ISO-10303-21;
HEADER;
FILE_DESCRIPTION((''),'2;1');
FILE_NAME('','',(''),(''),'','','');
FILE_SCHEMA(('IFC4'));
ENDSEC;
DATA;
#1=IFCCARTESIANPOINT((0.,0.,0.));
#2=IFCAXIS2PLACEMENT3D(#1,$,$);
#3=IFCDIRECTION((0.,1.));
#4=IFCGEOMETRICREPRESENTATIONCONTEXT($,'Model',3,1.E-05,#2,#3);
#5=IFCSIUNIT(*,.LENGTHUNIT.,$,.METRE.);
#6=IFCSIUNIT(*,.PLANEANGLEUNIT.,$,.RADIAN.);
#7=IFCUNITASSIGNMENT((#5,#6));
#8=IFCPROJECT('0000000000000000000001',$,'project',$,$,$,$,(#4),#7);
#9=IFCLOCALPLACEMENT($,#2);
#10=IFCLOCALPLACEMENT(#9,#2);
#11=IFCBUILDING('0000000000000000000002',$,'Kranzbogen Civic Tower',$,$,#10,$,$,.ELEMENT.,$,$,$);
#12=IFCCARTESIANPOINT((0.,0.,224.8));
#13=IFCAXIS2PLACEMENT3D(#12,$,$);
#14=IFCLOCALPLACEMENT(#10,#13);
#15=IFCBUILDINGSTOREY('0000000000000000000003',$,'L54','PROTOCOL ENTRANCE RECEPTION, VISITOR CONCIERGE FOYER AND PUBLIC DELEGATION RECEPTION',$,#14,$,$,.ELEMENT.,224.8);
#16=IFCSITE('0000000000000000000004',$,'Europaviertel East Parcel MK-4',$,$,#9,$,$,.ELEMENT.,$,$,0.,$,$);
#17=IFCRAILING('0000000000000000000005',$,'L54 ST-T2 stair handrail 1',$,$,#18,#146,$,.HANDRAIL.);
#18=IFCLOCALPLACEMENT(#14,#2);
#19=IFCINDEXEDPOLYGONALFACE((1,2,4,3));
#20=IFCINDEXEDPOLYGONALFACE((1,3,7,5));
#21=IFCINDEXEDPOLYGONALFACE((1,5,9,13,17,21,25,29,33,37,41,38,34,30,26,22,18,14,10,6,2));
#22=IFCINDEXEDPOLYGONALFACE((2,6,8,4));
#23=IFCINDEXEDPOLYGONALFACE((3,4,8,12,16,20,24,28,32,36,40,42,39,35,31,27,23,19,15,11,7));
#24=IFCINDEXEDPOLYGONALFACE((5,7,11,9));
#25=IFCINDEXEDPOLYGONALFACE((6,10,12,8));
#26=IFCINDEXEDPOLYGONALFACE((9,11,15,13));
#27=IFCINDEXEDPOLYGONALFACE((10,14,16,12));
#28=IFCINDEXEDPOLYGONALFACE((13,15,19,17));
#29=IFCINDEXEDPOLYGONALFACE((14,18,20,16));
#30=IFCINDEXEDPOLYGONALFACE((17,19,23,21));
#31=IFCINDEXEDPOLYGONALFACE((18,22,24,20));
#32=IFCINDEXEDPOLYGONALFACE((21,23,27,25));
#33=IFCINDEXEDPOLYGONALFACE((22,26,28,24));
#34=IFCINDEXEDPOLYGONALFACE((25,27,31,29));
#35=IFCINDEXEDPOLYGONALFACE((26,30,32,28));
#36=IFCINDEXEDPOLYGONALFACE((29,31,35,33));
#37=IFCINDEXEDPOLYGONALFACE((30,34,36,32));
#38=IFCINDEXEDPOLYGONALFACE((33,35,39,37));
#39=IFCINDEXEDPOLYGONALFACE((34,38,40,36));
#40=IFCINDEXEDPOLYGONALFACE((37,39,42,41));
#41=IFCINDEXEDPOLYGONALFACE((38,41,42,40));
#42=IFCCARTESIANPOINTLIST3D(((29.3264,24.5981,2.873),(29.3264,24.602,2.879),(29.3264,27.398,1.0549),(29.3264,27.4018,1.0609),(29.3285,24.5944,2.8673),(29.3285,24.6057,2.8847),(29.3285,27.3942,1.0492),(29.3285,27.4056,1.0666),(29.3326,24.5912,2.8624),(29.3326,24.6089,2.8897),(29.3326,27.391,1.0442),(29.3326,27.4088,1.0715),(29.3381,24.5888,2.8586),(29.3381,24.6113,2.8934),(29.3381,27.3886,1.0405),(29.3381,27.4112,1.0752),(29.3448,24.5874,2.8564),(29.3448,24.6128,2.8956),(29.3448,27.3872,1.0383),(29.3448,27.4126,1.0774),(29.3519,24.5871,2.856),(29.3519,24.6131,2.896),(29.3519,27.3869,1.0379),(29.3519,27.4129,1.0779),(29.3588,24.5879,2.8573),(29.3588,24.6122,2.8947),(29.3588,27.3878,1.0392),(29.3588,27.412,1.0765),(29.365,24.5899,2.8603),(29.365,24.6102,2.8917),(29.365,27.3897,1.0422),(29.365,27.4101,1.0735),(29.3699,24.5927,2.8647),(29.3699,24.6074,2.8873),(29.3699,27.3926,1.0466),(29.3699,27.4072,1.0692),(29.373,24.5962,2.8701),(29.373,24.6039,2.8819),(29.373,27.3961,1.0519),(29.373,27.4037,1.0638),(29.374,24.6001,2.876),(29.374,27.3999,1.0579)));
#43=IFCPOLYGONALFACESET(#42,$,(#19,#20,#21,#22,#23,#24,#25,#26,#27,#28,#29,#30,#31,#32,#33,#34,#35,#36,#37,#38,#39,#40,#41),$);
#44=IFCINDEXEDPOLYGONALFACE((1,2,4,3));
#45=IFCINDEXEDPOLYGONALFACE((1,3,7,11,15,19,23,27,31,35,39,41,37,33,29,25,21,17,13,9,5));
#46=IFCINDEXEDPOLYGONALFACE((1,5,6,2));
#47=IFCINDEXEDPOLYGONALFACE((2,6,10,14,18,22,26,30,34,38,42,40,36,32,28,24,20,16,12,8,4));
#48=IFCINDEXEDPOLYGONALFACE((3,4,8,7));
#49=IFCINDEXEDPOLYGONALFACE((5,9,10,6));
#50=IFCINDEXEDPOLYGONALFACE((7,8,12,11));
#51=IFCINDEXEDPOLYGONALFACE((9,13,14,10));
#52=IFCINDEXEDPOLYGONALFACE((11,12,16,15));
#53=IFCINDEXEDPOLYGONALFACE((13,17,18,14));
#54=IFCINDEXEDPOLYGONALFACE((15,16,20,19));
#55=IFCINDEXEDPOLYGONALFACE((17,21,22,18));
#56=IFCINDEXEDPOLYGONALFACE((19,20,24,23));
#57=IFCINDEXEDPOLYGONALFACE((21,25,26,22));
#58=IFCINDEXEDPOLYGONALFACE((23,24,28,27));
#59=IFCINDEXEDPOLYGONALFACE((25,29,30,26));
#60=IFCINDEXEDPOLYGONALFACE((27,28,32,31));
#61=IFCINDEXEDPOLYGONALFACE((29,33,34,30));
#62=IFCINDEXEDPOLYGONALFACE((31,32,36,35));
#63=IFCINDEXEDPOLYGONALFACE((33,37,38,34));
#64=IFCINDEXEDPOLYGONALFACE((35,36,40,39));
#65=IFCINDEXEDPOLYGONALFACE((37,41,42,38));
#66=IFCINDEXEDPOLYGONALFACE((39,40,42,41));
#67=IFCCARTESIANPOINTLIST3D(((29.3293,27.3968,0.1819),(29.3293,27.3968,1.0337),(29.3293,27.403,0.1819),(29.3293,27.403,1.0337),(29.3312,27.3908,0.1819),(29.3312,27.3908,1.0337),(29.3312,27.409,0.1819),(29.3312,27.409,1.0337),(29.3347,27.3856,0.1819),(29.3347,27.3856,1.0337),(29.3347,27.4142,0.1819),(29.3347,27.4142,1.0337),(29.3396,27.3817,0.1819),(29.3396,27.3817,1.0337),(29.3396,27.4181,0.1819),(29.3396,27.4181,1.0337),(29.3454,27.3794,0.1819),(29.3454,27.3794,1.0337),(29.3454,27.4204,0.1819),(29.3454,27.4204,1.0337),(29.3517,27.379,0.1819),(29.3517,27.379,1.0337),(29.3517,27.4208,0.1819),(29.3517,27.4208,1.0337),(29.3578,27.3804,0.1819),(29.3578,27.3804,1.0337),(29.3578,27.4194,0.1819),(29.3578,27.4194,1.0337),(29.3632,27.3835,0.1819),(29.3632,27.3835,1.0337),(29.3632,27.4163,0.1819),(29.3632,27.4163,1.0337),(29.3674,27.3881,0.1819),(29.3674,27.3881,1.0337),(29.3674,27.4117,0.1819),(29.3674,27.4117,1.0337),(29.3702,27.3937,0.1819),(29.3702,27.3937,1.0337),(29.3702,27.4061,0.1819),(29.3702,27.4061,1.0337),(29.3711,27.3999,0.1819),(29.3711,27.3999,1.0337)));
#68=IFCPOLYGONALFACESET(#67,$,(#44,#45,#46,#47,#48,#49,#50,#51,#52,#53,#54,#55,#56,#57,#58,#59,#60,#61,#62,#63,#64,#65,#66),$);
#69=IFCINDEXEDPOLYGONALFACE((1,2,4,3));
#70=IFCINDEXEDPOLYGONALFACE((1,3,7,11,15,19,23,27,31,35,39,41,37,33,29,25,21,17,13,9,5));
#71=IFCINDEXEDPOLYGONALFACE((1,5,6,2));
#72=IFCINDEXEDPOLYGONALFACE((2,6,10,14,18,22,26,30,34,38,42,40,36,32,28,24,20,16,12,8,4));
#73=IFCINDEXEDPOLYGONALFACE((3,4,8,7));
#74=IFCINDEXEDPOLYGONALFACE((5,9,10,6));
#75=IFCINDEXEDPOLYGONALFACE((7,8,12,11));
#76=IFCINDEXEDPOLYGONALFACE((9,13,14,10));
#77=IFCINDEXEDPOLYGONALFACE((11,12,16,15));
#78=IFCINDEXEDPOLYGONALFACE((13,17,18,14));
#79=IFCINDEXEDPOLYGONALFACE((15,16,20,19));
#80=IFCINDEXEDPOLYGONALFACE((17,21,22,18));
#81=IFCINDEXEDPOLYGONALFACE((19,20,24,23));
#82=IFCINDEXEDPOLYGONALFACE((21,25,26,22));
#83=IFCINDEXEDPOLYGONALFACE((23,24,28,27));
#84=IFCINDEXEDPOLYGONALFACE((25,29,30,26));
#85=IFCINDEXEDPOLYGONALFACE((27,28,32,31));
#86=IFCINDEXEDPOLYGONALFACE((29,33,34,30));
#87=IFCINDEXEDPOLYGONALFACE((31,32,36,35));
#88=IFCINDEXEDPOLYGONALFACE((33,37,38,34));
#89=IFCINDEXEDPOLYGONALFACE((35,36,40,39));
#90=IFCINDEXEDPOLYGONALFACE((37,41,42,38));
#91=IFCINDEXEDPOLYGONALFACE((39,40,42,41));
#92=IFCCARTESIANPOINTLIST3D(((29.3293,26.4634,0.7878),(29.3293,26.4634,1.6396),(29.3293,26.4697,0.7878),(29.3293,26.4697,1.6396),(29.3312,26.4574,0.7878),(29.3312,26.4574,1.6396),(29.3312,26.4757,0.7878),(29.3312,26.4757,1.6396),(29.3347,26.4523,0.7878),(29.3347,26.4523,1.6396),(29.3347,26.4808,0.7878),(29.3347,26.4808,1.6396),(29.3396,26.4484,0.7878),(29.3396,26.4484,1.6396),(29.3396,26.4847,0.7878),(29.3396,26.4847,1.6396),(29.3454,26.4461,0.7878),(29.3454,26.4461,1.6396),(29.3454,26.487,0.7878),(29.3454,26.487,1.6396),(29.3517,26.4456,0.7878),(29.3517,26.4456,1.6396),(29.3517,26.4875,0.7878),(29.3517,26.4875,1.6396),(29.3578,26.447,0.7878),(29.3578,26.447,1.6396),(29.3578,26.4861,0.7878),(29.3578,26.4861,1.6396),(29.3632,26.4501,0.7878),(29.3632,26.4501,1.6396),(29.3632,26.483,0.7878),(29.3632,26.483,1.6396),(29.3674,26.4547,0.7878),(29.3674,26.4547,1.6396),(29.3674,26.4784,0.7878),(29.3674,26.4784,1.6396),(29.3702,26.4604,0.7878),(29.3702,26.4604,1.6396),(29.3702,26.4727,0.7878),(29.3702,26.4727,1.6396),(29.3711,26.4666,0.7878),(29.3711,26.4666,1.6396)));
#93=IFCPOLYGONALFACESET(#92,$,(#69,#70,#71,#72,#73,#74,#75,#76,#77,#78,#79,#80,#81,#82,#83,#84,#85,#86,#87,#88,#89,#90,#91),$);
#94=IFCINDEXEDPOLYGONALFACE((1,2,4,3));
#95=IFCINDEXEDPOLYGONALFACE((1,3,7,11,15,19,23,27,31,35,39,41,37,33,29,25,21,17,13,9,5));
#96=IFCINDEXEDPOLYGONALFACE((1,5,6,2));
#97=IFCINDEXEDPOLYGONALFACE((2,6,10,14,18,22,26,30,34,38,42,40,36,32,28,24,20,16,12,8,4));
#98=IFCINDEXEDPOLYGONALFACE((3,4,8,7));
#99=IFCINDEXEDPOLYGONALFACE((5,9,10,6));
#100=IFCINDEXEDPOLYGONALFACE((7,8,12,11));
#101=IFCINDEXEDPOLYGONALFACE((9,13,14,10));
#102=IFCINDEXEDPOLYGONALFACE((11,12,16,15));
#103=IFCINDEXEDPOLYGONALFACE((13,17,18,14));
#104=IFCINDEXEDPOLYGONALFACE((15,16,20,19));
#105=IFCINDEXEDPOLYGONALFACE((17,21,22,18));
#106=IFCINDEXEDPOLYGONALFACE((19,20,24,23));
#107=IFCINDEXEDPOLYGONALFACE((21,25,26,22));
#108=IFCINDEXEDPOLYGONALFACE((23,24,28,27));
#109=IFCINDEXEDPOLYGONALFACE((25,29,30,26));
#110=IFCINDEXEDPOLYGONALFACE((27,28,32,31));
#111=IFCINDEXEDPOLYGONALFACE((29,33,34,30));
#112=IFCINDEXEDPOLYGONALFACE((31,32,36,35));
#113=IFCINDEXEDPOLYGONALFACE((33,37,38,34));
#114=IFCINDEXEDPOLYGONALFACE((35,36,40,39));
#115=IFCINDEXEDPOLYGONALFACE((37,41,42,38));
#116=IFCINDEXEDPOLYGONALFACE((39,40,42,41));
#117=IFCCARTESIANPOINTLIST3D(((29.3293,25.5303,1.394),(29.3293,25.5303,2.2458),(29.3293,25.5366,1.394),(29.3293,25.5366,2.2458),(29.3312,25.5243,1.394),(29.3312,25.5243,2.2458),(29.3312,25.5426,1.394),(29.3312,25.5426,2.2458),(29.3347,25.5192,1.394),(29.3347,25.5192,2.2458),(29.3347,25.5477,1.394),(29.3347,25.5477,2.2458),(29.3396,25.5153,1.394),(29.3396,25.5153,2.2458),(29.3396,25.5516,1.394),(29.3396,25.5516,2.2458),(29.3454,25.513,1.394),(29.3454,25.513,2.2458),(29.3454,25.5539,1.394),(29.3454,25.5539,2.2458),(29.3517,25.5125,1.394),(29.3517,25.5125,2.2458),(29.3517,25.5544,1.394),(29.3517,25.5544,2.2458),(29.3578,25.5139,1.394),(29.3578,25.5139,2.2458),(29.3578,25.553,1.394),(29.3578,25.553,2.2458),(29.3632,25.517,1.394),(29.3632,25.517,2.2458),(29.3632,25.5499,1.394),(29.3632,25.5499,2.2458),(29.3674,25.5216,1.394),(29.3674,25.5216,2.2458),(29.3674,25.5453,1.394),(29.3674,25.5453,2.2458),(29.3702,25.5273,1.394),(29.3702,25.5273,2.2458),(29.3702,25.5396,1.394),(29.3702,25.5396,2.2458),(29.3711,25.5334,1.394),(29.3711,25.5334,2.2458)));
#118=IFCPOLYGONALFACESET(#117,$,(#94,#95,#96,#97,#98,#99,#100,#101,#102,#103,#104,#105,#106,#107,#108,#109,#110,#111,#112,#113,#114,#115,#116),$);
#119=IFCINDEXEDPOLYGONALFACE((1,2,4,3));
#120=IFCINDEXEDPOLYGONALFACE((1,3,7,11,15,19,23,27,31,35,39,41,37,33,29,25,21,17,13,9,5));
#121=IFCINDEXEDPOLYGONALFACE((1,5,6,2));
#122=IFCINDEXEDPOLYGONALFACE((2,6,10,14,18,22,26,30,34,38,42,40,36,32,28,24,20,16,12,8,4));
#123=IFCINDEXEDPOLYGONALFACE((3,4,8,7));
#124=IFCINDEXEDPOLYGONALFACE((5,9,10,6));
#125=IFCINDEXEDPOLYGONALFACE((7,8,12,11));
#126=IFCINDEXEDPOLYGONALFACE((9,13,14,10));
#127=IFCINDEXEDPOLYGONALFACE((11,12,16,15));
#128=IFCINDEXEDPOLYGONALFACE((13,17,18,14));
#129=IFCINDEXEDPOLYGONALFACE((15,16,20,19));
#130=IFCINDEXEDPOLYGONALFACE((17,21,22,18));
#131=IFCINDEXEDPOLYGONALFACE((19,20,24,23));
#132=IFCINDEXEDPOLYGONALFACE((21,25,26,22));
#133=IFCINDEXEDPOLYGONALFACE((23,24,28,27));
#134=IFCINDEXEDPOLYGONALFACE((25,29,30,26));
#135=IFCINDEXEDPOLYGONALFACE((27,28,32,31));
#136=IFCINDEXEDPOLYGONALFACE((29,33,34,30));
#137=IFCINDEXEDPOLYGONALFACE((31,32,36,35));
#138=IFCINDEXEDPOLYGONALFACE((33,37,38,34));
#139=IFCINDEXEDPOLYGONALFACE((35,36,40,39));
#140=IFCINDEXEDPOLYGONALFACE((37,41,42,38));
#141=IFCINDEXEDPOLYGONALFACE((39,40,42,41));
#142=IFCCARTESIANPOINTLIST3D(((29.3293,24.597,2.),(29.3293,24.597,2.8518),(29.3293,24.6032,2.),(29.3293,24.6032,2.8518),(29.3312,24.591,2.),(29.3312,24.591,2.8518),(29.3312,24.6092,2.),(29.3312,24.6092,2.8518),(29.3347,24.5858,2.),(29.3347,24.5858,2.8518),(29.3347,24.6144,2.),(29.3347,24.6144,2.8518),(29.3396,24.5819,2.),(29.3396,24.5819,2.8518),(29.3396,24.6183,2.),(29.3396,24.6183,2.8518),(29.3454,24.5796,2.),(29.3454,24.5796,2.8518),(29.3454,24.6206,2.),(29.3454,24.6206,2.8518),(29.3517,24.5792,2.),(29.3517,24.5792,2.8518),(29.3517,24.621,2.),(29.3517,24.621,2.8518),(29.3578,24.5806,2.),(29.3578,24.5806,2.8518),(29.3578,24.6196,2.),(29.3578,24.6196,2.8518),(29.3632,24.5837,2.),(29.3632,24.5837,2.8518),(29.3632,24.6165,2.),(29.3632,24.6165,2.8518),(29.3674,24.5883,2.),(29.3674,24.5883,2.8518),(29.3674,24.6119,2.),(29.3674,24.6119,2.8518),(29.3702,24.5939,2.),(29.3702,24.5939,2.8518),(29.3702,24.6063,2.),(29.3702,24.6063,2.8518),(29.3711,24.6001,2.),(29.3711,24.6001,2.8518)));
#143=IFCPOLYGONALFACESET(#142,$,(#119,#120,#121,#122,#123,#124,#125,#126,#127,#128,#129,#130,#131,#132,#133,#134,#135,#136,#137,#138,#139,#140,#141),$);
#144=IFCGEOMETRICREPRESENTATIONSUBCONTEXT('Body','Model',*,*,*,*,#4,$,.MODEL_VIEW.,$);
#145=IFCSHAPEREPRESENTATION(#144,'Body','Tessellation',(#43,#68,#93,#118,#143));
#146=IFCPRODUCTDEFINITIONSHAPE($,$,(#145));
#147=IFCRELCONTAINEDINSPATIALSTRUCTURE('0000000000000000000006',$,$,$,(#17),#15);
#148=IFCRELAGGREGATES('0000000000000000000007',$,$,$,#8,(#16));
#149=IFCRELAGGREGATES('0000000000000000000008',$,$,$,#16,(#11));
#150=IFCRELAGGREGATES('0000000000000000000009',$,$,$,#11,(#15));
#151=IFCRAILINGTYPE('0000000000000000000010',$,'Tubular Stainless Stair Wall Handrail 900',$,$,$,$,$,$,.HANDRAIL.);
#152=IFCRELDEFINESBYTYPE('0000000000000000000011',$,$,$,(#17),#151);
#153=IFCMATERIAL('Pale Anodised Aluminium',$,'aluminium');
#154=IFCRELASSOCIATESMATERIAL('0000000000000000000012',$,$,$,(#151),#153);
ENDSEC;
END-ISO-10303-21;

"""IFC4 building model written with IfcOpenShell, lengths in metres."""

from ifc_helpers import new_model, si_unit, direction, frame, origin, origin_2d, place, context, subcontext, project, spatial, circle, extrude, material, type_object, element, save


model = new_model("IFC4")

# Units and contexts
model_context = context("Model", 3, precision=1e-05, world=origin(), true_north=direction((0.0, 1.0)))
body_context = subcontext(model_context, "Body", "Model", "MODEL_VIEW")
ifc_project = project(units=[si_unit("LENGTHUNIT", "METRE"), si_unit("PLANEANGLEUNIT", "RADIAN")], contexts=[model_context])

# Site, building, storey
site_placement = place(None, origin())
site = spatial("IfcSite", under=ifc_project, at=site_placement, Name="Europaviertel East Parcel MK-4", CompositionType="ELEMENT", RefElevation=0.0)
building_placement = place(site_placement, origin())
building = spatial("IfcBuilding", under=site, at=building_placement, Name="Kranzbogen Civic Tower", CompositionType="ELEMENT")
storey_placement = place(building_placement, frame((0.0, 0.0, 224.8)))
storey = spatial("IfcBuildingStorey", under=building, at=storey_placement, Name="L54", Description="PROTOCOL ENTRANCE RECEPTION, VISITOR CONCIERGE FOYER AND PUBLIC DELEGATION RECEPTION", CompositionType="ELEMENT", Elevation=224.8)

# Shared definitions
ifc_material_1 = material(Name="Pale Anodised Aluminium", Category="aluminium")

# Railing
railing_type_1 = type_object("IfcRailingType", Name="Tubular Stainless Stair Wall Handrail 900", PredefinedType="HANDRAIL", material=ifc_material_1)
railing_1_placement = place(storey_placement, frame((29.3501, 27.3999, 0.1819)))
element("IfcRailing", 1, at=railing_1_placement, inside=storey, type_object=railing_type_1, Name="L54 ST-T2 stair handrail 1", PredefinedType="HANDRAIL", context=body_context, shape_type="SweptSolid", body=[
    extrude(circle(Radius=0.0239, at=origin_2d()), frame((0.0, 0.0, 0.876), z_axis=(0.0, -0.838684, 0.544618), x_axis=(1.0, 0.0, 0.0)), (0.0, 0.0, 1.0), 3.3384),
    extrude(circle(Radius=0.021, at=origin_2d()), origin(), (0.0, 0.0, 1.0), 0.8518),
    extrude(circle(Radius=0.021, at=origin_2d()), frame((0.0, -0.9333, 0.606)), (0.0, 0.0, 1.0), 0.8518),
    extrude(circle(Radius=0.021, at=origin_2d()), frame((0.0, -1.8665, 1.2122)), (0.0, 0.0, 1.0), 0.8518),
    extrude(circle(Radius=0.021, at=origin_2d()), frame((0.0, -2.7998, 1.8181)), (0.0, 0.0, 1.0), 0.8518),
])

save(model, "model.ifc")
